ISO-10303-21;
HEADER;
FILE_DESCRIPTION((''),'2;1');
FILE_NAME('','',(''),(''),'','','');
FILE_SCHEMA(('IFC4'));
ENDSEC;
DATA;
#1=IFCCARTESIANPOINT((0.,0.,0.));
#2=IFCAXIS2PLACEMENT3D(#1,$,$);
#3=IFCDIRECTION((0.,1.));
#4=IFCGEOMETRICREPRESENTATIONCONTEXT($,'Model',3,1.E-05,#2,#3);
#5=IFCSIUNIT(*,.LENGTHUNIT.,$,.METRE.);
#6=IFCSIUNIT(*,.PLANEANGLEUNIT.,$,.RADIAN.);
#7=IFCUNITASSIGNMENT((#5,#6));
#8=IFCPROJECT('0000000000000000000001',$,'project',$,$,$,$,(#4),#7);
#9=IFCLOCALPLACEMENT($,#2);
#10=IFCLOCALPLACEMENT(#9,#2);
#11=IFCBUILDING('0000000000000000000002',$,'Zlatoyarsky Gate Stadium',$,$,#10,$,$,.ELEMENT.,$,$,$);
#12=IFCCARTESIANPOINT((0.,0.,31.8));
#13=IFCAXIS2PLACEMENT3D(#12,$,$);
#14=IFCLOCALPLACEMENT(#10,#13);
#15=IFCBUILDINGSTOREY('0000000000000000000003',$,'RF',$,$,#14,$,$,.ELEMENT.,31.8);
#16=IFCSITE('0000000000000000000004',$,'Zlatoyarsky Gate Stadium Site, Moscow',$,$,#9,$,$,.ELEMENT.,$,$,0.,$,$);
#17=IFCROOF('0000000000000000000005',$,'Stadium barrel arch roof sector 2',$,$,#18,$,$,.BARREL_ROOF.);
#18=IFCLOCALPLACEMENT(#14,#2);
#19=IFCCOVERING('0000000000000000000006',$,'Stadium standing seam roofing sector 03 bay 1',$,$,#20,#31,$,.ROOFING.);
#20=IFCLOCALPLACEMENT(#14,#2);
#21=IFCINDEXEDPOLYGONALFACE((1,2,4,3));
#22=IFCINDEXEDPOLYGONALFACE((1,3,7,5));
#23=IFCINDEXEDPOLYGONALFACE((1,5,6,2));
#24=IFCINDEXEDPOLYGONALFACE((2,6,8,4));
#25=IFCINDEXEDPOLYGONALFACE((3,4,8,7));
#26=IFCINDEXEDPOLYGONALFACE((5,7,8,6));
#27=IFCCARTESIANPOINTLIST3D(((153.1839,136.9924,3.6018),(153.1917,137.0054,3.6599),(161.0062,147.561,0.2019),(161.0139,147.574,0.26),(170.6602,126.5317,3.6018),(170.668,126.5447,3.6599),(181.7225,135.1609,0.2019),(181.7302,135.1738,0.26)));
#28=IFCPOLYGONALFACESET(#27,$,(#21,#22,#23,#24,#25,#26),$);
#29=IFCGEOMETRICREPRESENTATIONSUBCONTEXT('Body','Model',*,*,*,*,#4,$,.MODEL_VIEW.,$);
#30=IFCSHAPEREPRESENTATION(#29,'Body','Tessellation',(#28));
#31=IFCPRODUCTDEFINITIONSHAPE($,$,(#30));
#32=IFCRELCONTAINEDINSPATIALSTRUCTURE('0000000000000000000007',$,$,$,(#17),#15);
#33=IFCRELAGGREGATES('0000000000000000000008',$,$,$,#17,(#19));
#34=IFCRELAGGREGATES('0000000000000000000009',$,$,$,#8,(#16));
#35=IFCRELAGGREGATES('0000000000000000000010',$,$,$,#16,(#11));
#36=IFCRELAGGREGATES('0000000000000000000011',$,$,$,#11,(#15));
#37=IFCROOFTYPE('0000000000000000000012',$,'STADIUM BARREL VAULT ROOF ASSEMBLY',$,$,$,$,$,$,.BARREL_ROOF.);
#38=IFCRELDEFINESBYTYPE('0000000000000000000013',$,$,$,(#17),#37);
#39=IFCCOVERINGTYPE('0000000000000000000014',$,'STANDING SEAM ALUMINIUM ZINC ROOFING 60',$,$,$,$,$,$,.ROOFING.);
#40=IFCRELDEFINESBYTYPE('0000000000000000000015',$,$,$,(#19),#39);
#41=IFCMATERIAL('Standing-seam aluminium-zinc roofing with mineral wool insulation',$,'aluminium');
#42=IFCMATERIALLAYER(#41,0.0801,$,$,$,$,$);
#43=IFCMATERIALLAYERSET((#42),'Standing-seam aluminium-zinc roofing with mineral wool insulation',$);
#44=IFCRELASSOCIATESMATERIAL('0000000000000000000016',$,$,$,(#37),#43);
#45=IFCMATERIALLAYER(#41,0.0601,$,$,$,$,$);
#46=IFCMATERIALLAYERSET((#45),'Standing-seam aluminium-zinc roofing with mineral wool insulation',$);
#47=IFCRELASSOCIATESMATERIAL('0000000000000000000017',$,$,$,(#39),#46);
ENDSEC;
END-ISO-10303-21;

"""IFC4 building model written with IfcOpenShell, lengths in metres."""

from ifc_helpers import new_model, si_unit, direction, frame, origin, place, context, subcontext, project, spatial, polyline, outline, extrude, material, layer, layer_set, type_object, element, aggregate, save


model = new_model("IFC4")

# Units and contexts
model_context = context("Model", 3, precision=1e-05, world=origin(), true_north=direction((0.0, 1.0)))
body_context = subcontext(model_context, "Body", "Model", "MODEL_VIEW")
ifc_project = project(units=[si_unit("LENGTHUNIT", "METRE"), si_unit("PLANEANGLEUNIT", "RADIAN")], contexts=[model_context])

# Site, building, storey
site_placement = place(None, origin())
site = spatial("IfcSite", under=ifc_project, at=site_placement, Name="Zlatoyarsky Gate Stadium Site, Moscow", CompositionType="ELEMENT", RefElevation=0.0)
building_placement = place(site_placement, origin())
building = spatial("IfcBuilding", under=site, at=building_placement, Name="Zlatoyarsky Gate Stadium", CompositionType="ELEMENT")
storey_placement = place(building_placement, frame((0.0, 0.0, 31.8)))
storey = spatial("IfcBuildingStorey", under=building, at=storey_placement, Name="RF", CompositionType="ELEMENT", Elevation=31.8)

# Roof
ifc_material_1 = material(Name="Standing-seam aluminium-zinc roofing with mineral wool insulation", Category="aluminium")
ifc_layer_1 = layer(ifc_material_1, 0.0801)
ifc_layer_set_1 = layer_set([ifc_layer_1], Name="Standing-seam aluminium-zinc roofing with mineral wool insulation")
roof_type = type_object("IfcRoofType", Name="STADIUM BARREL VAULT ROOF ASSEMBLY", PredefinedType="BARREL_ROOF", material=ifc_layer_set_1)
roof_placement = place(storey_placement, origin())
roof = element("IfcRoof", 1, at=roof_placement, inside=storey, type_object=roof_type, Name="Stadium barrel arch roof sector 2", PredefinedType="BARREL_ROOF")

# Covering
ifc_layer_2 = layer(ifc_material_1, 0.0601)
ifc_layer_set_2 = layer_set([ifc_layer_2], Name="Standing-seam aluminium-zinc roofing with mineral wool insulation")
covering_type = type_object("IfcCoveringType", Name="STANDING SEAM ALUMINIUM ZINC ROOFING 60", PredefinedType="ROOFING", material=ifc_layer_set_2)
covering_placement = place(storey_placement, frame((181.7302, 135.1738, 0.26), z_axis=(0.129153, 0.21577, 0.967865), x_axis=(-0.858034, 0.513593, 0.0)))
covering = element("IfcCovering", 2, at=covering_placement, type_object=covering_type, Name="Stadium standing seam roofing sector 03 bay 1", PredefinedType="ROOFING", context=body_context, shape_type="SweptSolid", body=[
    extrude(outline(polyline([(0.0, 0.0), (24.1439, 0.0), (25.4277, 13.5201), (5.0599, 13.5201), (0.0, 0.0)])), origin(), (0.0, 0.0, -1.0), 0.0601),
])
aggregate(roof, [covering])

save(model, "model.ifc")
